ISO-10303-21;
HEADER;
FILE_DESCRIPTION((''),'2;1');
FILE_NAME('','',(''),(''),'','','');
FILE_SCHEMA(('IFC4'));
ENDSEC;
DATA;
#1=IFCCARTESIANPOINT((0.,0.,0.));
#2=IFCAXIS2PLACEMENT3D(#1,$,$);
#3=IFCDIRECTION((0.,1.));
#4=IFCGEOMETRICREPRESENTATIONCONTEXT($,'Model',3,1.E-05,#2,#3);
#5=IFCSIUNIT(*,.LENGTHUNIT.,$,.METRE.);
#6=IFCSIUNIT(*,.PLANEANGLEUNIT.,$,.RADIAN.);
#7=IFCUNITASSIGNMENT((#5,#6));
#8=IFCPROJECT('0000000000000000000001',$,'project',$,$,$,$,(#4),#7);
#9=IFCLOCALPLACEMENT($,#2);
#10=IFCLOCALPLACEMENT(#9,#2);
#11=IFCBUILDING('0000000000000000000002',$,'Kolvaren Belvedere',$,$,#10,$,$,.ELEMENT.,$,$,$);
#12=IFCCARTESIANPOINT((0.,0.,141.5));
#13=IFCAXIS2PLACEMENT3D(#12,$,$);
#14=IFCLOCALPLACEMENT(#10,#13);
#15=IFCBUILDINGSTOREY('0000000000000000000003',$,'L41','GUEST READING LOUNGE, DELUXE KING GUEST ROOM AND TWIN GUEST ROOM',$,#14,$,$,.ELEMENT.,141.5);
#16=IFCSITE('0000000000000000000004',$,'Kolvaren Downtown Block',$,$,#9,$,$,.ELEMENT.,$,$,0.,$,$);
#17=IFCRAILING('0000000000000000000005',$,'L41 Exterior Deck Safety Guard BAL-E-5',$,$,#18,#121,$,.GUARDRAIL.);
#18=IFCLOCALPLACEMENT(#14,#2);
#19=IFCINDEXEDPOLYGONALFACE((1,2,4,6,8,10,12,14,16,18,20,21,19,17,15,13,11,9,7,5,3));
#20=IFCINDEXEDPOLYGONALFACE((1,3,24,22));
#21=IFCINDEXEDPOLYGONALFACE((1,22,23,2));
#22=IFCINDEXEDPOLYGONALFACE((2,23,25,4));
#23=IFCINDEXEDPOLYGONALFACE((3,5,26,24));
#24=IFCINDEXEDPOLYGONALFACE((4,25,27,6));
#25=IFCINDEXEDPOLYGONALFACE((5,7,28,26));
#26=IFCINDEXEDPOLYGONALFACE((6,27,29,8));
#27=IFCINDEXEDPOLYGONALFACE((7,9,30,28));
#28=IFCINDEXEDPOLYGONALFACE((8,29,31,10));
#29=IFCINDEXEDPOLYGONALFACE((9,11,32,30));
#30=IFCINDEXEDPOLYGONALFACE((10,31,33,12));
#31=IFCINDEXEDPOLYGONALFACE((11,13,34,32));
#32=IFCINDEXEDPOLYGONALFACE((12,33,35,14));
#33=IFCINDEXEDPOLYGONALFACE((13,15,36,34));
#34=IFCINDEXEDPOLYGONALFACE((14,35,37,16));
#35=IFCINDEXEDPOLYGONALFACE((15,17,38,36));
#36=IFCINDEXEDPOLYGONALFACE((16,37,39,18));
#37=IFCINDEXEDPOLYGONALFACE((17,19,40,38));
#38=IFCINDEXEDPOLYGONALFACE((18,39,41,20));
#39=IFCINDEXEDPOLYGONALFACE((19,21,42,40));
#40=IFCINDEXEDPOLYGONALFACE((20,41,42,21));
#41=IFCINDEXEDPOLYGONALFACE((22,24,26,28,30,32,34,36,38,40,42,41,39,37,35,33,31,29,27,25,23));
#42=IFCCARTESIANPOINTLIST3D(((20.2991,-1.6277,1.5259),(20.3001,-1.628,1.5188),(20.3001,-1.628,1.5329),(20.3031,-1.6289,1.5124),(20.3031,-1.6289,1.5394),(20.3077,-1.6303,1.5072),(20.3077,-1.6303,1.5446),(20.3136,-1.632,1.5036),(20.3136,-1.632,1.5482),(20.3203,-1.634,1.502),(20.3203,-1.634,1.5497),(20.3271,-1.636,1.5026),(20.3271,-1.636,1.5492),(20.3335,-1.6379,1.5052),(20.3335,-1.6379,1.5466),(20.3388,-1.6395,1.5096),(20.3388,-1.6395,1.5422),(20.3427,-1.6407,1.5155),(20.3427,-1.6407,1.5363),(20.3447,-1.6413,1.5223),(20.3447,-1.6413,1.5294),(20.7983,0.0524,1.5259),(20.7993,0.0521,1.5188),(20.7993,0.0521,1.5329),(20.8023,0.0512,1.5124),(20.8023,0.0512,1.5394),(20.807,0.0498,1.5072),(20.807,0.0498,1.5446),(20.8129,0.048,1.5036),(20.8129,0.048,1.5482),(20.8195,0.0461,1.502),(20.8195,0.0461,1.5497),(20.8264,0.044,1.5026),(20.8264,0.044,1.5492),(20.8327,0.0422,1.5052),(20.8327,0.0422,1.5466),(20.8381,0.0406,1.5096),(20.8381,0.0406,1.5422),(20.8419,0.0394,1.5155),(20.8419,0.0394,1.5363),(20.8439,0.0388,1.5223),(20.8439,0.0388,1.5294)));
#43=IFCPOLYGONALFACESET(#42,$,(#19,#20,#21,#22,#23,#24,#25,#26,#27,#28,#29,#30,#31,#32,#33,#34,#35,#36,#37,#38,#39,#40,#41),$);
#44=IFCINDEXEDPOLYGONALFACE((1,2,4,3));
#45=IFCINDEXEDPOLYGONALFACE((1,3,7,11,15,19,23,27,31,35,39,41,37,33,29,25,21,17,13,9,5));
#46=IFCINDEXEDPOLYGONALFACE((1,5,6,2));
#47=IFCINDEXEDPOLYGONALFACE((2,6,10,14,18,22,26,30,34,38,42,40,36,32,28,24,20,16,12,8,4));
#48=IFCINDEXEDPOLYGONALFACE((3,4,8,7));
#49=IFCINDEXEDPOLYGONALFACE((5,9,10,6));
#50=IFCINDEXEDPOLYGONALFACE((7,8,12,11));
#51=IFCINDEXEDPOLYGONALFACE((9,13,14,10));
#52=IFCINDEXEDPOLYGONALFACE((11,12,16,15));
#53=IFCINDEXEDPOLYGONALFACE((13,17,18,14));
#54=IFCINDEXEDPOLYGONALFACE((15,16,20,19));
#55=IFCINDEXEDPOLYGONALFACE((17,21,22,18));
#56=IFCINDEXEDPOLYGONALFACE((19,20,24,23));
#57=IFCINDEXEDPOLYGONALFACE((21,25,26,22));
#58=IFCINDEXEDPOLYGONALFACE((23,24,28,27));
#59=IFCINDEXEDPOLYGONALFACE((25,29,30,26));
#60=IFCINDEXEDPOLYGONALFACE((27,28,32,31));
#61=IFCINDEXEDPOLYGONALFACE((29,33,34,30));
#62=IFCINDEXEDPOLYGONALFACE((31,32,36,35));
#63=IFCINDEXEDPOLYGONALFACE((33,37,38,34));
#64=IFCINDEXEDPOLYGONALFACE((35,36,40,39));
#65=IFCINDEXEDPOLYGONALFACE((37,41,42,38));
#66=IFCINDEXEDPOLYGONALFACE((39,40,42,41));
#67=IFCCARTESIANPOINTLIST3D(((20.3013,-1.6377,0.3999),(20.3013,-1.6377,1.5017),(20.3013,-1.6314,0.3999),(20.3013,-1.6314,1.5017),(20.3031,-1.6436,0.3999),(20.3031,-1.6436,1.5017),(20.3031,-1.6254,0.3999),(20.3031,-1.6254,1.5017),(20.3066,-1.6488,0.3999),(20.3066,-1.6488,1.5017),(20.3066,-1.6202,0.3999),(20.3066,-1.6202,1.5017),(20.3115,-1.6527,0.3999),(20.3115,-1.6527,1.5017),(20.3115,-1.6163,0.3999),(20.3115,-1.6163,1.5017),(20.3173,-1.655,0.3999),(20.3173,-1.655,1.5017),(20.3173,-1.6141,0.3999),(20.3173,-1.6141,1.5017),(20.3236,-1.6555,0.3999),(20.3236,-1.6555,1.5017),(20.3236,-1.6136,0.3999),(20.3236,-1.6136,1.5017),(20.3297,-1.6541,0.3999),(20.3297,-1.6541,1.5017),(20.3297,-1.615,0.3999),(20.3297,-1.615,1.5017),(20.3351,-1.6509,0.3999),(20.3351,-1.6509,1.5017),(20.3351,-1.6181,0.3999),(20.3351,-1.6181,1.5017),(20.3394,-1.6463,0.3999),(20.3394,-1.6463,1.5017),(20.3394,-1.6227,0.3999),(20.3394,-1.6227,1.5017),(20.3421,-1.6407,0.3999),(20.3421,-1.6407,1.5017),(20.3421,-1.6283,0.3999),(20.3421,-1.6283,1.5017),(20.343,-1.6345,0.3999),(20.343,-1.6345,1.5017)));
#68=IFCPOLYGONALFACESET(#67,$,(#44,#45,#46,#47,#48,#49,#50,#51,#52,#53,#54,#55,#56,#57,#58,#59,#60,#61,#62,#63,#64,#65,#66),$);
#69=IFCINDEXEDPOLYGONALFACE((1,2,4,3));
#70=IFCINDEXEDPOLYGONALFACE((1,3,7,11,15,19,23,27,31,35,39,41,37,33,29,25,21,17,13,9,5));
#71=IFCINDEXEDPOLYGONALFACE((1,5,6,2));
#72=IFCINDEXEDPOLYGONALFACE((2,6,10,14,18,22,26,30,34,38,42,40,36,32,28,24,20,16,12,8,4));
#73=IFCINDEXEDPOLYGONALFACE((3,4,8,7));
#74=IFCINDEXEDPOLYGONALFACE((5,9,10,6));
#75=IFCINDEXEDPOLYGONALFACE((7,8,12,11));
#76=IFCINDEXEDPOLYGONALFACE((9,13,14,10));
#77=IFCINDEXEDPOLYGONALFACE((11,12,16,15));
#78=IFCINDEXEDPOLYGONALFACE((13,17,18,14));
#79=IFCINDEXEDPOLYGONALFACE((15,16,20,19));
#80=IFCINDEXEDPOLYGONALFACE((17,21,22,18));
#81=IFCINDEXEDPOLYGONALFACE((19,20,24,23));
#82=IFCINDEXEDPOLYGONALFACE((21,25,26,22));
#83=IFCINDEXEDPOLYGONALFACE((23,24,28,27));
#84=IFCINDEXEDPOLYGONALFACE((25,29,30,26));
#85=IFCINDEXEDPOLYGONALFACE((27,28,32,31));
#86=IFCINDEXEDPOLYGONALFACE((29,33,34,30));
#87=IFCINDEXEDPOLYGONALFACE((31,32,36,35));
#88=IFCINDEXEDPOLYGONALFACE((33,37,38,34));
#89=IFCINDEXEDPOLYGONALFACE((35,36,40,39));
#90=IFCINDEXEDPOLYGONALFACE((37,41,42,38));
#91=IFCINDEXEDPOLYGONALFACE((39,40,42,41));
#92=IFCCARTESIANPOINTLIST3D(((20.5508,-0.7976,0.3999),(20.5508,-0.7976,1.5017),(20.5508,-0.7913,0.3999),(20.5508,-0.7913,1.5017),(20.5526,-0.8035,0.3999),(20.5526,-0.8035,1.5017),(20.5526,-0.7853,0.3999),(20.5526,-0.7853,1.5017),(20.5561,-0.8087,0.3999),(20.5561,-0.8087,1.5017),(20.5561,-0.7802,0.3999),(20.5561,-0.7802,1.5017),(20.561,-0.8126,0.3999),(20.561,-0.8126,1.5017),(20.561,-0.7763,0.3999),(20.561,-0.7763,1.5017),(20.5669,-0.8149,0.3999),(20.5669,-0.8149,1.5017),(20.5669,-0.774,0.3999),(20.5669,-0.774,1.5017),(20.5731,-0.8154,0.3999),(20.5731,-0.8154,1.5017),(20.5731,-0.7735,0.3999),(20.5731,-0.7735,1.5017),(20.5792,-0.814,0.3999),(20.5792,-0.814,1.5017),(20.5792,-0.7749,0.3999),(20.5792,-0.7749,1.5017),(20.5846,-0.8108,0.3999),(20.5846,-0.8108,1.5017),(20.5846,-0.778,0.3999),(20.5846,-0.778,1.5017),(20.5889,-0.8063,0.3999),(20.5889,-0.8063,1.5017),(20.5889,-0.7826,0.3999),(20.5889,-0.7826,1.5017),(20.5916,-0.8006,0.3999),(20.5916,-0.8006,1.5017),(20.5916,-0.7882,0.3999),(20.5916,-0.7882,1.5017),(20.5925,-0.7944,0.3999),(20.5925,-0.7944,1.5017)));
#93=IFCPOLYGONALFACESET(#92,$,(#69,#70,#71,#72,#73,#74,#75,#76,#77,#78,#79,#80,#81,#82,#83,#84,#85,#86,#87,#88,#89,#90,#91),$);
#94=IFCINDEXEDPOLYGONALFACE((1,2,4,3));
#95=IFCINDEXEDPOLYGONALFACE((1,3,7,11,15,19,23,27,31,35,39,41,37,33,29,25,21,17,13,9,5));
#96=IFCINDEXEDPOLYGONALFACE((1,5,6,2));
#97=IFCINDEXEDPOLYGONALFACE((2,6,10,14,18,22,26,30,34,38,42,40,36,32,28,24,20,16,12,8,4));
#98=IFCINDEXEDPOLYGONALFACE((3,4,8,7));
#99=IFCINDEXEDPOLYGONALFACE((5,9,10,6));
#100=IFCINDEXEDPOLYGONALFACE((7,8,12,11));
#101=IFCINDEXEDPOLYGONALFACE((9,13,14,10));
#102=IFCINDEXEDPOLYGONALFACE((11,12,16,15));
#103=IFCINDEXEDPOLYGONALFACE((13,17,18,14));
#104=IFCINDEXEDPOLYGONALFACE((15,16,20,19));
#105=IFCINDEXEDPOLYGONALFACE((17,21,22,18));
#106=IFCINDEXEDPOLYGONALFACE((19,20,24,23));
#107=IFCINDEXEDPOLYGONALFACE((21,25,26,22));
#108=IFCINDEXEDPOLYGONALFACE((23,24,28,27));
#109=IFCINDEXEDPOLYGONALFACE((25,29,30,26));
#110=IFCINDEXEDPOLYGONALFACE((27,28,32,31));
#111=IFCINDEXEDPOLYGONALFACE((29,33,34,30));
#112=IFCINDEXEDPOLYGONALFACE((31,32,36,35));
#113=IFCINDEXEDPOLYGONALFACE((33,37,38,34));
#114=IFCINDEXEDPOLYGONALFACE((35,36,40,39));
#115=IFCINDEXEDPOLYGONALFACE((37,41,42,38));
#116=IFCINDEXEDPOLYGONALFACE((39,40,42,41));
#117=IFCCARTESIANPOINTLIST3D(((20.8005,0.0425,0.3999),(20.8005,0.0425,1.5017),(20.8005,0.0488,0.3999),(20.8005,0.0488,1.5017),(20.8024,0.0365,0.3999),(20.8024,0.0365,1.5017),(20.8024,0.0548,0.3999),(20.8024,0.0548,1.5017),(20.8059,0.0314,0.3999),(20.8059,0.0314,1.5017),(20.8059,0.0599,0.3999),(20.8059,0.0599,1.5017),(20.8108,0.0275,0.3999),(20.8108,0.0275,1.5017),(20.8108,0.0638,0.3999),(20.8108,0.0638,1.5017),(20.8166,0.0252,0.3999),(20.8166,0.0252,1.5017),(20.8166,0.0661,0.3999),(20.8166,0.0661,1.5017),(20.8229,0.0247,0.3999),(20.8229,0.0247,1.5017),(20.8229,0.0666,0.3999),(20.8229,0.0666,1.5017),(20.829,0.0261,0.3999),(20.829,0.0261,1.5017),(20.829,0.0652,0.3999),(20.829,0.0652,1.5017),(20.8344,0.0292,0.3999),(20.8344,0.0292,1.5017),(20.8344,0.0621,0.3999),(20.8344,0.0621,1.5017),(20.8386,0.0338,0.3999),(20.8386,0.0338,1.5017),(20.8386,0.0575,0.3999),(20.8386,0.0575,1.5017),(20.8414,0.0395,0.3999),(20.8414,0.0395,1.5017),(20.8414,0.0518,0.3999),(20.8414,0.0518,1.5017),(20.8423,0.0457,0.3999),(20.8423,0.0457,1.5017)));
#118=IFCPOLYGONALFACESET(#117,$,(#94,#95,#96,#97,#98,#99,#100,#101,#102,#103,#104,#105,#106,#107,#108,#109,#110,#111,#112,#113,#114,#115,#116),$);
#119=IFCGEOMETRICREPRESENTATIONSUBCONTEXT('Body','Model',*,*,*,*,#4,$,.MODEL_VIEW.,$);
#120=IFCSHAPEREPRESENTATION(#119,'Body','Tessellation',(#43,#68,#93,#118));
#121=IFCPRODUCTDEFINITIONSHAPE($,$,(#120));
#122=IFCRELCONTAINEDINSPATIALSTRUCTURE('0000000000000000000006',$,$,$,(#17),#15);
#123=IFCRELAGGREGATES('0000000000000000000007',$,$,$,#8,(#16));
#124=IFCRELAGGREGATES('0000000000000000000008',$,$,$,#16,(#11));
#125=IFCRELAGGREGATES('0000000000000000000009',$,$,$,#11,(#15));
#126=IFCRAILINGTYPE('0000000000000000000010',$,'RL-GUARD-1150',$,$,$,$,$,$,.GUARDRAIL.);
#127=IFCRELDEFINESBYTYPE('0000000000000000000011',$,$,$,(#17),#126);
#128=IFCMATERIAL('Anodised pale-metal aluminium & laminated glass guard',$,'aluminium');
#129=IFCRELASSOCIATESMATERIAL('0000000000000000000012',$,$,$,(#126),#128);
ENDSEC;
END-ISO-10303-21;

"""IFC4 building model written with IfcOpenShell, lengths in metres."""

from ifc_helpers import new_model, si_unit, direction, frame, origin, origin_2d, place, context, subcontext, project, spatial, circle, extrude, material, type_object, element, save


model = new_model("IFC4")

# Units and contexts
model_context = context("Model", 3, precision=1e-05, world=origin(), true_north=direction((0.0, 1.0)))
body_context = subcontext(model_context, "Body", "Model", "MODEL_VIEW")
ifc_project = project(units=[si_unit("LENGTHUNIT", "METRE"), si_unit("PLANEANGLEUNIT", "RADIAN")], contexts=[model_context])

# Site, building, storey
site_placement = place(None, origin())
site = spatial("IfcSite", under=ifc_project, at=site_placement, Name="Kolvaren Downtown Block", CompositionType="ELEMENT", RefElevation=0.0)
building_placement = place(site_placement, origin())
building = spatial("IfcBuilding", under=site, at=building_placement, Name="Kolvaren Belvedere", CompositionType="ELEMENT")
storey_placement = place(building_placement, frame((0.0, 0.0, 141.5)))
storey = spatial("IfcBuildingStorey", under=building, at=storey_placement, Name="L41", Description="GUEST READING LOUNGE, DELUXE KING GUEST ROOM AND TWIN GUEST ROOM", CompositionType="ELEMENT", Elevation=141.5)

# Railing
ifc_material_1 = material(Name="Anodised pale-metal aluminium & laminated glass guard", Category="aluminium")
railing_type = type_object("IfcRailingType", Name="RL-GUARD-1150", PredefinedType="GUARDRAIL", material=ifc_material_1)
railing_1_placement = place(storey_placement, frame((20.322, -1.6345, 0.3999)))
element("IfcRailing", 1, at=railing_1_placement, inside=storey, type_object=railing_type, Name="L41 Exterior Deck Safety Guard BAL-E-5", PredefinedType="GUARDRAIL", context=body_context, shape_type="SweptSolid", body=[
    extrude(circle(Radius=0.0239, at=origin_2d()), frame((0.0, 0.0, 1.126), z_axis=(0.284842, 0.958574, 0.0), x_axis=(-0.958574, 0.284842, 0.0)), (0.0, 0.0, 1.0), 1.7527),
    extrude(circle(Radius=0.021, at=origin_2d()), origin(), (0.0, 0.0, 1.0), 1.1018),
    extrude(circle(Radius=0.021, at=origin_2d()), frame((0.2495, 0.8401, 0.0)), (0.0, 0.0, 1.0), 1.1018),
    extrude(circle(Radius=0.021, at=origin_2d()), frame((0.4993, 1.6802, 0.0)), (0.0, 0.0, 1.0), 1.1018),
])

save(model, "model.ifc")
